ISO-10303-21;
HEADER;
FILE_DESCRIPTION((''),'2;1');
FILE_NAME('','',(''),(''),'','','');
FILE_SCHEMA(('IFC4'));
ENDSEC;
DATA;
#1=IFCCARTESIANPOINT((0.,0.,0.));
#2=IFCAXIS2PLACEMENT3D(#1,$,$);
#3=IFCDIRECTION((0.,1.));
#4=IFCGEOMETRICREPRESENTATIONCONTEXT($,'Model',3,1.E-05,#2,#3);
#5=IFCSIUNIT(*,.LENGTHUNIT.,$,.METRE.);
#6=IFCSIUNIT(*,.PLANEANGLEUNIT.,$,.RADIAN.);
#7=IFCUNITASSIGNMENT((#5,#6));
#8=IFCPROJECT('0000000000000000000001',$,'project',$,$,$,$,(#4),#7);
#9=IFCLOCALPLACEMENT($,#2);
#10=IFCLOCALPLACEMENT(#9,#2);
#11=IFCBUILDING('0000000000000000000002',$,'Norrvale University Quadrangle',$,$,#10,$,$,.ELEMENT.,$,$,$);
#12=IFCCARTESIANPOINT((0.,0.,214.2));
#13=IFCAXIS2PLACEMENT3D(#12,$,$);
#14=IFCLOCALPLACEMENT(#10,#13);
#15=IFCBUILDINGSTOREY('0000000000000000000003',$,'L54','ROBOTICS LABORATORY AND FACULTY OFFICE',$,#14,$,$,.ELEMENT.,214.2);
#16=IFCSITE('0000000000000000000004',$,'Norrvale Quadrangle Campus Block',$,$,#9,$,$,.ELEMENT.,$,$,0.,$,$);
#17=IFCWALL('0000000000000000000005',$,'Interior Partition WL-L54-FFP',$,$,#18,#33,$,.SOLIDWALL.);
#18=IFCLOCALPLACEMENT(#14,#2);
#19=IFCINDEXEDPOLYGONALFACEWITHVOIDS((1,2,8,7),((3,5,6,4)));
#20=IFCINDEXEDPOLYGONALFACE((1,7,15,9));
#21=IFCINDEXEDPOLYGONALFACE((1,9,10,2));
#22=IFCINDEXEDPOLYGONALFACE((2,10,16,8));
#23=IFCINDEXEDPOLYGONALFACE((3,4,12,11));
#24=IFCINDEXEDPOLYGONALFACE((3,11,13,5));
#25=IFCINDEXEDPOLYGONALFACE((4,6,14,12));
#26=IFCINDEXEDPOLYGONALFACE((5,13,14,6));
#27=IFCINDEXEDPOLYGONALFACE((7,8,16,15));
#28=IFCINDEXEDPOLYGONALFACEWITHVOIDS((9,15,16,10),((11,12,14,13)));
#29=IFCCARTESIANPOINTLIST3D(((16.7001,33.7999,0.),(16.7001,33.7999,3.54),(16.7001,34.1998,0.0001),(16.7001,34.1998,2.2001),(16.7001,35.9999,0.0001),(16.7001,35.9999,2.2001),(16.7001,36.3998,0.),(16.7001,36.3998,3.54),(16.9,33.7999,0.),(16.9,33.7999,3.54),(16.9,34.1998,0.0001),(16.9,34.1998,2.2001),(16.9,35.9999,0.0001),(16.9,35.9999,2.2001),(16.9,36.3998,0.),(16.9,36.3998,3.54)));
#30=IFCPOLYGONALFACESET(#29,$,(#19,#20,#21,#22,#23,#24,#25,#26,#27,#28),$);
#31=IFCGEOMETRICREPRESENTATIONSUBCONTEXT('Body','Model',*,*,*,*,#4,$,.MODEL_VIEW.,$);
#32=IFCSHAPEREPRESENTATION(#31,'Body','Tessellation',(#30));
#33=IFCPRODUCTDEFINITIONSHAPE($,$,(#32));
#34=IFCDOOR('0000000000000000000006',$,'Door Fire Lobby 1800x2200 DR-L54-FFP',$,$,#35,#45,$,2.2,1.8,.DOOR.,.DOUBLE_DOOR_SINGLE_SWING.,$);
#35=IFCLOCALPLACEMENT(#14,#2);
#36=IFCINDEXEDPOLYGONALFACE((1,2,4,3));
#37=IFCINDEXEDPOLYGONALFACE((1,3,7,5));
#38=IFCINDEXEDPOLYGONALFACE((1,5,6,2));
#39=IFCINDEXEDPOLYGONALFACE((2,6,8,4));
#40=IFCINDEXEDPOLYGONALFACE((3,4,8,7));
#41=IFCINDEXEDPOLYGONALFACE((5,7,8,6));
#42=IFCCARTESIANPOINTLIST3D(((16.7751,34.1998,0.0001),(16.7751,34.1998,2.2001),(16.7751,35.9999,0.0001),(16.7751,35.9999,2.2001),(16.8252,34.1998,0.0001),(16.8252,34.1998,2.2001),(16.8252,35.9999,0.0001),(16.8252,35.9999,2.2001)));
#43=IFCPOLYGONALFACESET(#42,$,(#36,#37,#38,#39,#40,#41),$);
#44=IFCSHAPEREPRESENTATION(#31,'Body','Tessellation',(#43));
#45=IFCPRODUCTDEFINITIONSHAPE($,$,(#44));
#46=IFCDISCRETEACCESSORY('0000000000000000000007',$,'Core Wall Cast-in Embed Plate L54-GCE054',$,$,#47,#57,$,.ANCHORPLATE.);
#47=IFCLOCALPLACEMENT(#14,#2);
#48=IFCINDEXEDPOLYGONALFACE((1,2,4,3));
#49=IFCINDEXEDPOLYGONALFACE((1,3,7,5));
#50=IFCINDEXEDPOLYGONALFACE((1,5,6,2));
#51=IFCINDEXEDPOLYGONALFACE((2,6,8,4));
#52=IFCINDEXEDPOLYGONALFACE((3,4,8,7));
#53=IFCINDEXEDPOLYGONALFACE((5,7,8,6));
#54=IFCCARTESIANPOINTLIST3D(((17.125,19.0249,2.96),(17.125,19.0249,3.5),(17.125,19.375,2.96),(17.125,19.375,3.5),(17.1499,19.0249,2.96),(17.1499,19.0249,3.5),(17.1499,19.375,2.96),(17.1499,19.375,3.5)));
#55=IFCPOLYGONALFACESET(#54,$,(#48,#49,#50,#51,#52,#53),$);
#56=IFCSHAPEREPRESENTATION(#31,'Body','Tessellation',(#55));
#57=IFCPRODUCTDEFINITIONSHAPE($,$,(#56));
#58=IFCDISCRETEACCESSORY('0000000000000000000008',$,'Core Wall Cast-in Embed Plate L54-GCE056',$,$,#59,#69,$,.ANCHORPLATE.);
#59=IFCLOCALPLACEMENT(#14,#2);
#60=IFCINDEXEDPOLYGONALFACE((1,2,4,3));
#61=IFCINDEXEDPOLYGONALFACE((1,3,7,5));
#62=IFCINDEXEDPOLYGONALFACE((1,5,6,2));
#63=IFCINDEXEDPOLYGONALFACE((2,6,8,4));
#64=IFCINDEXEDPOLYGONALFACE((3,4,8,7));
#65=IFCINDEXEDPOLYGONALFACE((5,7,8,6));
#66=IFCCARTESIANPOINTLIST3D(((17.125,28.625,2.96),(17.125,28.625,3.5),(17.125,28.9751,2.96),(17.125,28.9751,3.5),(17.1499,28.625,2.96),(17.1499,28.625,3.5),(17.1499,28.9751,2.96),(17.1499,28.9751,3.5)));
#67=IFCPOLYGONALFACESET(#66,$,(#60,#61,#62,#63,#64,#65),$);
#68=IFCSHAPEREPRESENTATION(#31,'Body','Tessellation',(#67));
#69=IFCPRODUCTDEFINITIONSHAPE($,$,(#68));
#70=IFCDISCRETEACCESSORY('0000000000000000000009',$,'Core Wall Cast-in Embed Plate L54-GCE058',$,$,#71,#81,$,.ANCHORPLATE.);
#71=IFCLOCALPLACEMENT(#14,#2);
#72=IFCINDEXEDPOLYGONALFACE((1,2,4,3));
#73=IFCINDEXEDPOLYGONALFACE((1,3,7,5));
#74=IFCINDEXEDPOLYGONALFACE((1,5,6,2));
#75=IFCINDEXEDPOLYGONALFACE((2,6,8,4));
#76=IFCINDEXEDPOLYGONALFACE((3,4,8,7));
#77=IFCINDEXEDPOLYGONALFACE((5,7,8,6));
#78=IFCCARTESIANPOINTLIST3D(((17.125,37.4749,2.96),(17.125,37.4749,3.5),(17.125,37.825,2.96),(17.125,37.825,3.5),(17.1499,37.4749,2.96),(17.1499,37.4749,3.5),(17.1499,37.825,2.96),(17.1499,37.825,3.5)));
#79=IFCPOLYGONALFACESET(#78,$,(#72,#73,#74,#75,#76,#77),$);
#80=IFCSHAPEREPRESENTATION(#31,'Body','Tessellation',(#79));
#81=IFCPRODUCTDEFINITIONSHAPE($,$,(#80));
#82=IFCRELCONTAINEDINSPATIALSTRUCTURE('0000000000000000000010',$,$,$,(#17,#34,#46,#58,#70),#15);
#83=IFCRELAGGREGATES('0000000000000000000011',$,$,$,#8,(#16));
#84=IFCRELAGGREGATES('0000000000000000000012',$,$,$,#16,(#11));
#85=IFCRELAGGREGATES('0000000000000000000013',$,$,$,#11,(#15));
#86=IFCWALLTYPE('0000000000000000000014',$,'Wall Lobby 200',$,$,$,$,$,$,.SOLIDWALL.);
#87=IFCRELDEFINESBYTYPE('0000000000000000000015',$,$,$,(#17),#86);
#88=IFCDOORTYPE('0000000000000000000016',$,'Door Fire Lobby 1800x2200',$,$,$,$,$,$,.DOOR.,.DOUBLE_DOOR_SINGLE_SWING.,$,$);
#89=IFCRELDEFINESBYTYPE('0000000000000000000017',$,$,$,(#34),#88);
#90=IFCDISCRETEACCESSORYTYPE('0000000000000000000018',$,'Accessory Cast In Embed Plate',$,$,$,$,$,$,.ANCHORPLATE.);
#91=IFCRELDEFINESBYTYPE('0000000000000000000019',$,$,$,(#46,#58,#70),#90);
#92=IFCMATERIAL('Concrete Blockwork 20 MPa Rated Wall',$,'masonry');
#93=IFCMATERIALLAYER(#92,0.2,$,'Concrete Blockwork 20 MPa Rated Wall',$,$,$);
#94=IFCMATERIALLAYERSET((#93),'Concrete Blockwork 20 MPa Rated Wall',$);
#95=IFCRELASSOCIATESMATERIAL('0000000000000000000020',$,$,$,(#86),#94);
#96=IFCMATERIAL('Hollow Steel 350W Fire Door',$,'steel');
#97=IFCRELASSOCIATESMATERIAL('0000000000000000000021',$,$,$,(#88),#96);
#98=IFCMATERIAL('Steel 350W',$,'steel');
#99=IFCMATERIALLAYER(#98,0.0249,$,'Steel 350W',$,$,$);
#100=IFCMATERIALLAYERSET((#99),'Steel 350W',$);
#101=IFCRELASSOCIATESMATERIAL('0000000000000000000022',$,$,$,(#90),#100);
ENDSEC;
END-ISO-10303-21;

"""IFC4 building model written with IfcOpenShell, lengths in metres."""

from ifc_helpers import new_model, si_unit, direction, frame, frame_2d, origin, origin_2d, place, context, subcontext, project, spatial, rectangle, extrude, material, layer, layer_set, type_object, element, fill, save


model = new_model("IFC4")

# Units and contexts
model_context = context("Model", 3, precision=1e-05, world=origin(), true_north=direction((0.0, 1.0)))
body_context = subcontext(model_context, "Body", "Model", "MODEL_VIEW")
ifc_project = project(units=[si_unit("LENGTHUNIT", "METRE"), si_unit("PLANEANGLEUNIT", "RADIAN")], contexts=[model_context])

# Site, building, storey
site_placement = place(None, origin())
site = spatial("IfcSite", under=ifc_project, at=site_placement, Name="Norrvale Quadrangle Campus Block", CompositionType="ELEMENT", RefElevation=0.0)
building_placement = place(site_placement, origin())
building = spatial("IfcBuilding", under=site, at=building_placement, Name="Norrvale University Quadrangle", CompositionType="ELEMENT")
storey_placement = place(building_placement, frame((0.0, 0.0, 214.2)))
storey = spatial("IfcBuildingStorey", under=building, at=storey_placement, Name="L54", Description="ROBOTICS LABORATORY AND FACULTY OFFICE", CompositionType="ELEMENT", Elevation=214.2)

# Shared definitions
ifc_material_1 = material(Name="Steel 350W", Category="steel")

# Wall, opening, door
ifc_material_2 = material(Name="Concrete Blockwork 20 MPa Rated Wall", Category="masonry")
ifc_layer_1 = layer(ifc_material_2, 0.2, Name="Concrete Blockwork 20 MPa Rated Wall")
ifc_layer_set_1 = layer_set([ifc_layer_1], Name="Concrete Blockwork 20 MPa Rated Wall")
wall_type_1 = type_object("IfcWallType", Name="Wall Lobby 200", PredefinedType="SOLIDWALL", material=ifc_layer_set_1)
wall_1_placement = place(storey_placement, frame((16.8, 33.8, 0.0), z_axis=(0.0, 0.0, 1.0), x_axis=(0.0, 1.0, 0.0)))
wall_1 = element("IfcWall", 1, at=wall_1_placement, inside=storey, type_object=wall_type_1, Name="Interior Partition WL-L54-FFP", PredefinedType="SOLIDWALL", context=body_context, shape_type="SweptSolid", body=[
    extrude(rectangle(XDim=2.5999, YDim=0.2, at=frame_2d((1.2998, 0.0))), origin(), (0.0, 0.0, 1.0), 3.54),
])
opening_1_placement = place(wall_1_placement, frame((0.3999, 0.0, 0.0)))
opening_1 = element("IfcOpeningElement", 2, at=opening_1_placement, cuts=wall_1, PredefinedType="OPENING", context=body_context, shape_type="SweptSolid", body=[
    extrude(rectangle(XDim=1.8, YDim=2.2, at=frame_2d((0.8999, 1.1001))), frame((0.0, 0.1121, 0.0), z_axis=(0.0, -1.0, 0.0), x_axis=(1.0, 0.0, 0.0)), (0.0, 0.0, 1.0), 0.2239),
])
ifc_material_3 = material(Name="Hollow Steel 350W Fire Door", Category="steel")
door_type_1 = type_object("IfcDoorType", Name="Door Fire Lobby 1800x2200", OperationType="DOUBLE_DOOR_SINGLE_SWING", PredefinedType="DOOR", material=ifc_material_3)
door_1_placement = place(opening_1_placement, origin())
door_1 = element("IfcDoor", 3, at=door_1_placement, inside=storey, type_object=door_type_1, Name="Door Fire Lobby 1800x2200 DR-L54-FFP", OperationType="DOUBLE_DOOR_SINGLE_SWING", OverallHeight=2.2, OverallWidth=1.8, PredefinedType="DOOR", context=body_context, shape_type="SweptSolid", body=[
    extrude(rectangle(XDim=1.8, YDim=2.2, at=frame_2d((0.8999, 1.1001))), frame((0.0, 0.0249, 0.0), z_axis=(0.0, -1.0, 0.0), x_axis=(1.0, 0.0, 0.0)), (0.0, 0.0, 1.0), 0.05),
])
fill(opening_1, door_1)

# Discrete accessories
ifc_layer_2 = layer(ifc_material_1, 0.0249, Name="Steel 350W")
ifc_layer_set_2 = layer_set([ifc_layer_2], Name="Steel 350W")
discrete_accessory_type = type_object("IfcDiscreteAccessoryType", Name="Accessory Cast In Embed Plate", PredefinedType="ANCHORPLATE", material=ifc_layer_set_2)
for number, where, z_axis, x_axis, name in (
    (4, (17.1375, 19.2, 2.96), (0.0, 0.0, 1.0), (1.0, 0.0, 0.0), "Core Wall Cast-in Embed Plate L54-GCE054"),
    (5, (17.1375, 28.8, 2.96), (0.0, 0.0, 1.0), (1.0, 0.0, 0.0), "Core Wall Cast-in Embed Plate L54-GCE056"),
    (6, (17.1375, 37.6499, 2.96), (0.0, 0.0, 1.0), (1.0, 0.0, 0.0), "Core Wall Cast-in Embed Plate L54-GCE058"),
):
    element("IfcDiscreteAccessory", number, at=place(storey_placement, frame(where, z_axis=z_axis, x_axis=x_axis)), inside=storey, type_object=discrete_accessory_type, Name=name, PredefinedType="ANCHORPLATE", context=body_context, shape_type="SweptSolid", body=[
        extrude(rectangle(XDim=0.0249, YDim=0.3501, at=origin_2d()), origin(), (0.0, 0.0, 1.0), 0.54),
    ])

save(model, "model.ifc")
